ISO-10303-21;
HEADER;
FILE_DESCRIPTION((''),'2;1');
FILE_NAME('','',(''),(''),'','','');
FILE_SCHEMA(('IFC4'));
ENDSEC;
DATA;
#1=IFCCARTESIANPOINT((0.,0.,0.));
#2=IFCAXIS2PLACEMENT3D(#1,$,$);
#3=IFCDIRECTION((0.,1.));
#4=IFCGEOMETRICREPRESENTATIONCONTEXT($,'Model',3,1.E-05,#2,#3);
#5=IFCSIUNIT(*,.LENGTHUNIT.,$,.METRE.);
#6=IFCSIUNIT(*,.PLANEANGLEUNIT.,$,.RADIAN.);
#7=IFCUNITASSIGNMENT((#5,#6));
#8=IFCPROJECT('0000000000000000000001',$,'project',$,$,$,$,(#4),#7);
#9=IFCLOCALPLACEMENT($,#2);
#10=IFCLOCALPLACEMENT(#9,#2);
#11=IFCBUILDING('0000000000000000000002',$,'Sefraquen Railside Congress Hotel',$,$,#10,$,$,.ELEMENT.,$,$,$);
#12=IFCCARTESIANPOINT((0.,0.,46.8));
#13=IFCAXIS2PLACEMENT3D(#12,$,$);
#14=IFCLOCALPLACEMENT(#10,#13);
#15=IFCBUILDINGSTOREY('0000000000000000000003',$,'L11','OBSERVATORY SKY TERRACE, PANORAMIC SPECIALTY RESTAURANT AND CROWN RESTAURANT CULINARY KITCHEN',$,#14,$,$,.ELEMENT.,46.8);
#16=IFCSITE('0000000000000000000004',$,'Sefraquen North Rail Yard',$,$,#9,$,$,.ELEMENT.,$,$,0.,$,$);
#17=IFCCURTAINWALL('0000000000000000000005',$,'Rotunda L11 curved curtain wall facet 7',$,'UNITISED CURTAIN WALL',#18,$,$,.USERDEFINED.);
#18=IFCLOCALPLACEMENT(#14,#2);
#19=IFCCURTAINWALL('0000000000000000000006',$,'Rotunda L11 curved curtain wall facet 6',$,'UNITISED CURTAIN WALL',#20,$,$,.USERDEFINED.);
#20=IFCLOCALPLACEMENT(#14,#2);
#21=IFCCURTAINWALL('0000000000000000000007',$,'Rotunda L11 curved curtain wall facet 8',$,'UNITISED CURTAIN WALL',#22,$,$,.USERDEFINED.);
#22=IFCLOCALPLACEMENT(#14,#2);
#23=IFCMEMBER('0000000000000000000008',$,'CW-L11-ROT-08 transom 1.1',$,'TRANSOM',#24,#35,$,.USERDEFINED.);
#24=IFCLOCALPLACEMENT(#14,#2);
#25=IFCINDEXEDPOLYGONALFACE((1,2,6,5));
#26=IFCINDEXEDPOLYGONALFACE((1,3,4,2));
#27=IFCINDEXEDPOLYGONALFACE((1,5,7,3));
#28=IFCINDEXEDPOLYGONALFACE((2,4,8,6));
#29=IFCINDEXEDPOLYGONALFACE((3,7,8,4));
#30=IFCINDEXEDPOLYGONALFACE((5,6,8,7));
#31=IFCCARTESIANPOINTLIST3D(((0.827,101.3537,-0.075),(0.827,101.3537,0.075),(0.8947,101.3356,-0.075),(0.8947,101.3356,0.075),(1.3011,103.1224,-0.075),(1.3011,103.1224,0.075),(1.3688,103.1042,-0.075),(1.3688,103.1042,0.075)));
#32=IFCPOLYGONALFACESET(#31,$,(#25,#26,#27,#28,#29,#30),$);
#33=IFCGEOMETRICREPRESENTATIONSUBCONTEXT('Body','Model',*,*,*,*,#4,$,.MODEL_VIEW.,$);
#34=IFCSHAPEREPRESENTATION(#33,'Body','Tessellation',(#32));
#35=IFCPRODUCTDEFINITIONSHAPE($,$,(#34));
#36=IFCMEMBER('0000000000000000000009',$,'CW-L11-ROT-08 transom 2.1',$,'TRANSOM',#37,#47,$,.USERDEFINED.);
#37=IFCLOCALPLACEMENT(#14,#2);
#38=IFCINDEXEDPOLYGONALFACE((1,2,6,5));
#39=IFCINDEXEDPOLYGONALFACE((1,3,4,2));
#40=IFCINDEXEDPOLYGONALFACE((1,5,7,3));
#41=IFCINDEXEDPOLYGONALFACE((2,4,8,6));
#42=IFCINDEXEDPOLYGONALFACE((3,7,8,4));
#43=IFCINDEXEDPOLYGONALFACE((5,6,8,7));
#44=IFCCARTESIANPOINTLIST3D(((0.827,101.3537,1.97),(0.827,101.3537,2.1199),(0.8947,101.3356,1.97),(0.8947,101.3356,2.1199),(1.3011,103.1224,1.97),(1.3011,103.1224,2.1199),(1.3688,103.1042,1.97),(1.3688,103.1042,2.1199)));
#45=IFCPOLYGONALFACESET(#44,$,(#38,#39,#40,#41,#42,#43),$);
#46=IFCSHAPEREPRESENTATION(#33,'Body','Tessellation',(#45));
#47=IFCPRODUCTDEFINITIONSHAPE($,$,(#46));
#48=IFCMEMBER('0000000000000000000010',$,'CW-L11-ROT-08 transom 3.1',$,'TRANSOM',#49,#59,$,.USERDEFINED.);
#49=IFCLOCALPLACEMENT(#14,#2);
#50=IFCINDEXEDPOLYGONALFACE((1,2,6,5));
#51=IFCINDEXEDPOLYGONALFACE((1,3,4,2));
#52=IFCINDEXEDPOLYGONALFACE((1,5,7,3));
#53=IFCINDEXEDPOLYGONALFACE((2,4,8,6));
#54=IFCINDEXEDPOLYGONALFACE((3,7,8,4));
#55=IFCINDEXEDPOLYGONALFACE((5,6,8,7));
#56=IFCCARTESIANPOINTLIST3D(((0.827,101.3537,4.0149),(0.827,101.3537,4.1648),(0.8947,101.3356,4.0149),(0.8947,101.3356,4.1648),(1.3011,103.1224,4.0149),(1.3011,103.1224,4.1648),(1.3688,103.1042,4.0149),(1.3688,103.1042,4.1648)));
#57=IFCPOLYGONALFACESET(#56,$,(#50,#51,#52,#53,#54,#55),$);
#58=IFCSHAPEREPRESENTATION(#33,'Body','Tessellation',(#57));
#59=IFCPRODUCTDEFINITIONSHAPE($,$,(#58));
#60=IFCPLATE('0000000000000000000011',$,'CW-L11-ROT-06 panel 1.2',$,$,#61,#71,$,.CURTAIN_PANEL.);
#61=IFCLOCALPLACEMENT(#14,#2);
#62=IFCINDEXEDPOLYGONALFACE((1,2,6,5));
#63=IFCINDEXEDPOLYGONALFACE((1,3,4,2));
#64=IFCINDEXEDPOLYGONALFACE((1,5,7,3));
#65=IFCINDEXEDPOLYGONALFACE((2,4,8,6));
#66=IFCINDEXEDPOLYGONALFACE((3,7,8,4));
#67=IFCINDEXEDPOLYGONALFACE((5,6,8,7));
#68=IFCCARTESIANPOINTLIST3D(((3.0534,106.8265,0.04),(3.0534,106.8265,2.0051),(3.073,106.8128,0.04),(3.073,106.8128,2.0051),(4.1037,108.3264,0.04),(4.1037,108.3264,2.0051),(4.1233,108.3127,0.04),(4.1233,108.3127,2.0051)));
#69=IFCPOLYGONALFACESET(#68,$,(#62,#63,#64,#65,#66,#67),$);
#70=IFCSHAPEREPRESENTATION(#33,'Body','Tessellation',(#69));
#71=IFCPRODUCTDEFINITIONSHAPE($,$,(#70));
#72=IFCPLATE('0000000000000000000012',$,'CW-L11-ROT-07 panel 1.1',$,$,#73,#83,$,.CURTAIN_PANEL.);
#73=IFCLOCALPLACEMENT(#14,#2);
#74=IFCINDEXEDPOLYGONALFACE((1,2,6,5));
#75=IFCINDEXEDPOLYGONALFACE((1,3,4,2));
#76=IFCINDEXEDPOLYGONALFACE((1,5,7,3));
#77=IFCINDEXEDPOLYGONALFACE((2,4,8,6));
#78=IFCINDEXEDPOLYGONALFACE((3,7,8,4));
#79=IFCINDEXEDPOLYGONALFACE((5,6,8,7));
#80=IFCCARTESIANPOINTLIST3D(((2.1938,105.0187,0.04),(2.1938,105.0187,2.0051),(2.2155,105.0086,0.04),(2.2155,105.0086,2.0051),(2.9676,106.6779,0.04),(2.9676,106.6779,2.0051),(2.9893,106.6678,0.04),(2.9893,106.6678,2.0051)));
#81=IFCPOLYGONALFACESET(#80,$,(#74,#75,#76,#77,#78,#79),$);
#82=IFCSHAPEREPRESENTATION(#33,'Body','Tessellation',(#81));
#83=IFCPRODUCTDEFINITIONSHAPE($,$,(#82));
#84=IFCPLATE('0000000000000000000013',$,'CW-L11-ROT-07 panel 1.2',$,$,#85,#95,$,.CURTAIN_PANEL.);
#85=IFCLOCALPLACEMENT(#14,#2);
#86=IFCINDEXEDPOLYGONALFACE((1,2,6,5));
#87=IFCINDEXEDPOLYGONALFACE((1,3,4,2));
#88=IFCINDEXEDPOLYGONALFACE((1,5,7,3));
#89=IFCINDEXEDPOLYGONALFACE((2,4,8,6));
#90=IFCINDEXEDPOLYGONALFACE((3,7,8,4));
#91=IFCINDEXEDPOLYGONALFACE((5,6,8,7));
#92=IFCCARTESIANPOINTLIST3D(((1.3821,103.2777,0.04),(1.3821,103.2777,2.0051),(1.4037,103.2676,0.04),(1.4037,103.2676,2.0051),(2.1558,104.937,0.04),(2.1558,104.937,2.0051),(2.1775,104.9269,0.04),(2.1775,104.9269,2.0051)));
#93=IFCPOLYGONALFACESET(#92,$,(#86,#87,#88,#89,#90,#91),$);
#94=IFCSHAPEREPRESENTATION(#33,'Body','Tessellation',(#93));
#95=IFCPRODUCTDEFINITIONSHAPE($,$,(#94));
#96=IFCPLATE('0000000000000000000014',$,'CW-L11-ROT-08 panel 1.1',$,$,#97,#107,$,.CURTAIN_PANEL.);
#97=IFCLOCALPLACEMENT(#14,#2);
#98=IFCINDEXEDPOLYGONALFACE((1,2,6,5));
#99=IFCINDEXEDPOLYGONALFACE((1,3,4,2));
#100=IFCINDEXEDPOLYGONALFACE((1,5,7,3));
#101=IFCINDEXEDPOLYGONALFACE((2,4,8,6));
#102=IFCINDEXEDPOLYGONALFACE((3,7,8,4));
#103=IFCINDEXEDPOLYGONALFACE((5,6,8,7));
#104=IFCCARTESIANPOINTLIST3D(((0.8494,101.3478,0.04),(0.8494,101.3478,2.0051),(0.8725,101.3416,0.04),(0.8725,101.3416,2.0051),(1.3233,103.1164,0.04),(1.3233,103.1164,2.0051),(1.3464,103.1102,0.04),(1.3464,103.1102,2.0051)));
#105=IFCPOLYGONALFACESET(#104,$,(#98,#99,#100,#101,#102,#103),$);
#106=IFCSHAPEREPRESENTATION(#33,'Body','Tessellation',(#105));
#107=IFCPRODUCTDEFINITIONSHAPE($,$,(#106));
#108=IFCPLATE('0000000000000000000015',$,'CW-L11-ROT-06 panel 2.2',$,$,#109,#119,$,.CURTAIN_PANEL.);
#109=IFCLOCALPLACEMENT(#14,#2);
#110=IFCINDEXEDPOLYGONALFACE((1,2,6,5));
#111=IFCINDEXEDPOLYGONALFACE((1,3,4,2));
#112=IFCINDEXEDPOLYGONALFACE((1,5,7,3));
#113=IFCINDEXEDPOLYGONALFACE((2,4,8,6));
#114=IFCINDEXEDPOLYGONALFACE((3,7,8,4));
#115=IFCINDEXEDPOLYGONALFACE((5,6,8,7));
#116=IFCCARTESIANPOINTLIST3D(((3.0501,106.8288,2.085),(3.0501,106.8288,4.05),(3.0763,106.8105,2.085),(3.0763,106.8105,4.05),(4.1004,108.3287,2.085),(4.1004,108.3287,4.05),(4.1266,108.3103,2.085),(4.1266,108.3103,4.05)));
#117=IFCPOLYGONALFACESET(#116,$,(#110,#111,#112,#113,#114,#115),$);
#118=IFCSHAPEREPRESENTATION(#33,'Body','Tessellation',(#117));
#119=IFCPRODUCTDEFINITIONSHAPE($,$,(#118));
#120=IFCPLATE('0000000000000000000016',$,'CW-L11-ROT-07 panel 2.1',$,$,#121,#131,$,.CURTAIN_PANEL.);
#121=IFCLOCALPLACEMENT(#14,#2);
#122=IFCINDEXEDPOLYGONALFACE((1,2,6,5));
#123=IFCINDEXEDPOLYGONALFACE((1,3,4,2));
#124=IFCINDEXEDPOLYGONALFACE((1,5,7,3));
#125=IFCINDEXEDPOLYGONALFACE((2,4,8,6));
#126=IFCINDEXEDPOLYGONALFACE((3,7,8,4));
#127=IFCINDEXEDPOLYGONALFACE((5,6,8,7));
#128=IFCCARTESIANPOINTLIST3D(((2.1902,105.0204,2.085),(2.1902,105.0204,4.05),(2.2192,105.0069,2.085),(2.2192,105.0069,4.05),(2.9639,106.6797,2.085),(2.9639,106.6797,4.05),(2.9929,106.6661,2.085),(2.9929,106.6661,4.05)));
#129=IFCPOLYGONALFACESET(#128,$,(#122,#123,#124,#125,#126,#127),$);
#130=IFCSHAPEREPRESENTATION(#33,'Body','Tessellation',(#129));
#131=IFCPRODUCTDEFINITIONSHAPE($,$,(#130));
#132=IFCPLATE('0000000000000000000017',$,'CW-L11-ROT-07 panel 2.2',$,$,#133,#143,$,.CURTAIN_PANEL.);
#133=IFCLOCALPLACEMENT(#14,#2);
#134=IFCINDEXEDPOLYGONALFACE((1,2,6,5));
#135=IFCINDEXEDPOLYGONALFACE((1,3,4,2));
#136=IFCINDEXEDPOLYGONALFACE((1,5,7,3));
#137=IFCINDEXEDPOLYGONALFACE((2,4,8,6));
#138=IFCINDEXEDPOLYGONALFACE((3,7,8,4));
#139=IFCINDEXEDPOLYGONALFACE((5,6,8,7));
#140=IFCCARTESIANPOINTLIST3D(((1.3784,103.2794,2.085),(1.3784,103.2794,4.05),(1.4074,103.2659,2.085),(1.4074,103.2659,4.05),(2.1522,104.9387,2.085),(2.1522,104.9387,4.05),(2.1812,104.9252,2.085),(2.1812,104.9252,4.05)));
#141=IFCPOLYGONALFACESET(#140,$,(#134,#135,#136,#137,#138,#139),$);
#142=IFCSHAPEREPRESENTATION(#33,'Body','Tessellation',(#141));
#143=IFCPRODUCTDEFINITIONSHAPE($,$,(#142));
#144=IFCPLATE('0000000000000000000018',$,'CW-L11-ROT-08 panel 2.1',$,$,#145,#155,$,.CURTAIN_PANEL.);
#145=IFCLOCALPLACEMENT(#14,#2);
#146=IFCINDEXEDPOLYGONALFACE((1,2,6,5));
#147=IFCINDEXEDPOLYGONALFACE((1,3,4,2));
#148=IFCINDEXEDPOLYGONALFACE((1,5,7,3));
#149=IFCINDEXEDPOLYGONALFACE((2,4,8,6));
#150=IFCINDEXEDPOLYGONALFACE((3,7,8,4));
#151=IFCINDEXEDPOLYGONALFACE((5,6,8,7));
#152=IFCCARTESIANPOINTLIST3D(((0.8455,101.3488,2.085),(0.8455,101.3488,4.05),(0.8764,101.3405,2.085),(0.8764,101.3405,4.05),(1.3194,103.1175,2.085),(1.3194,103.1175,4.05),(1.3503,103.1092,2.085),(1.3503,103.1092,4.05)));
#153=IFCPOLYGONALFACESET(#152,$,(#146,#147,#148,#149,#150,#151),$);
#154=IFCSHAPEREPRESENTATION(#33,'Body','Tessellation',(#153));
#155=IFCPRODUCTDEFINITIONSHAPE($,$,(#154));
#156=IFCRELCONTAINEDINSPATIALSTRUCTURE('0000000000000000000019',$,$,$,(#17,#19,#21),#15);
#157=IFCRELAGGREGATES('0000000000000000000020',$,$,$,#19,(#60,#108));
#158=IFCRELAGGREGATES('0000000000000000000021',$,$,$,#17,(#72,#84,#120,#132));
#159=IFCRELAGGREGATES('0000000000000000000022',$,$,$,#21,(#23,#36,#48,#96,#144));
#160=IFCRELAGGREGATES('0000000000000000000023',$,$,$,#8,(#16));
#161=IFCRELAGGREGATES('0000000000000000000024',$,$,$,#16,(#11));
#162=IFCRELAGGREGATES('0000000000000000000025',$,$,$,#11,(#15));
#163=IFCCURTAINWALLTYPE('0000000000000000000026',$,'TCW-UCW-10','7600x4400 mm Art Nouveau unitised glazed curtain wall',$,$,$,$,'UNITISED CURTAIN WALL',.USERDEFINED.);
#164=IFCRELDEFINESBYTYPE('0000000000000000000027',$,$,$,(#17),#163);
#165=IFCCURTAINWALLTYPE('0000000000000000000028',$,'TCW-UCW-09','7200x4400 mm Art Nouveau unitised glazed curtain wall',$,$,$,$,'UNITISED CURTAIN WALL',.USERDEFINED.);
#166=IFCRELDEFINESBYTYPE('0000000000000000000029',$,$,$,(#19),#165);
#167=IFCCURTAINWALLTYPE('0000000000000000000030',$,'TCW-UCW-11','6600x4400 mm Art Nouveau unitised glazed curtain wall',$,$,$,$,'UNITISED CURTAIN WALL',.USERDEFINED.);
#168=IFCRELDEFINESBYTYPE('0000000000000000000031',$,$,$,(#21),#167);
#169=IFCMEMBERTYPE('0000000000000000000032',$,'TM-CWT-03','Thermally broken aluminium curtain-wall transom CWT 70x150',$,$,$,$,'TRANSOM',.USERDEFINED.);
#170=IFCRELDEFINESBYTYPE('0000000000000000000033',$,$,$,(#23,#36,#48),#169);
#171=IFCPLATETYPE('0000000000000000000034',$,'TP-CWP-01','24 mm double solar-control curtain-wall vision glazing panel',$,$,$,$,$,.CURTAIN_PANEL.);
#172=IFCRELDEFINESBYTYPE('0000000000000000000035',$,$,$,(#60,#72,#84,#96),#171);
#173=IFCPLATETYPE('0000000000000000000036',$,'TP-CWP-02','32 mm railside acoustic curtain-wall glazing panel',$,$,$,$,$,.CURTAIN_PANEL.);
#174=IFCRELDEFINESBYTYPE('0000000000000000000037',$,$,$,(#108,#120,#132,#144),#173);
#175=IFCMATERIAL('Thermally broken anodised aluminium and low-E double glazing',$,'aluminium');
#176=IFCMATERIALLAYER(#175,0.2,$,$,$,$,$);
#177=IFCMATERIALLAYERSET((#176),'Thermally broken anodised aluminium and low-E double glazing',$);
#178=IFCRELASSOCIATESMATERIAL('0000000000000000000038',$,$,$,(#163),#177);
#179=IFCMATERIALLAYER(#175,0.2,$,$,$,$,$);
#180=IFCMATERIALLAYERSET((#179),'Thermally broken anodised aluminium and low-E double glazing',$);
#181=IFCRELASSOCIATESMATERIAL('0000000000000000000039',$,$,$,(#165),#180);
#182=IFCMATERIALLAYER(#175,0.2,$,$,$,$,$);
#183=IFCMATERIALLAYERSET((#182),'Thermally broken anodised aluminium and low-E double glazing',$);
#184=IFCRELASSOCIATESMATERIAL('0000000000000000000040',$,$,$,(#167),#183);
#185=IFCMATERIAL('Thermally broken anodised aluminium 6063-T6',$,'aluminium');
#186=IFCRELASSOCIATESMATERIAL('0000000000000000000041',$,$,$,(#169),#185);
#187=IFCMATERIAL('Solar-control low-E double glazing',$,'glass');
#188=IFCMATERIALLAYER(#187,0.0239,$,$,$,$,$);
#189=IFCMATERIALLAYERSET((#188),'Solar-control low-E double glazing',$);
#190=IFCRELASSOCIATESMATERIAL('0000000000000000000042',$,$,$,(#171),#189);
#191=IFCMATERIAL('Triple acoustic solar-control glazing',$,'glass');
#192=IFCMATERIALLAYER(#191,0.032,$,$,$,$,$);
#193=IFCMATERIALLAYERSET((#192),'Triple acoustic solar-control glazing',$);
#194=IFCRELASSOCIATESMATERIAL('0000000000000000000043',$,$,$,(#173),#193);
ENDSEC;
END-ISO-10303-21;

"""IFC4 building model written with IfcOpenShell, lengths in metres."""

from ifc_helpers import new_model, si_unit, direction, frame, origin, origin_2d, place, context, subcontext, project, spatial, rectangle, extrude, material, layer, layer_set, material_profile, profile_set, type_object, element, aggregate, save


model = new_model("IFC4")

# Units and contexts
model_context = context("Model", 3, precision=1e-05, world=origin(), true_north=direction((0.0, 1.0)))
body_context = subcontext(model_context, "Body", "Model", "MODEL_VIEW")
ifc_project = project(units=[si_unit("LENGTHUNIT", "METRE"), si_unit("PLANEANGLEUNIT", "RADIAN")], contexts=[model_context])

# Site, building, storey
site_placement = place(None, origin())
site = spatial("IfcSite", under=ifc_project, at=site_placement, Name="Sefraquen North Rail Yard", CompositionType="ELEMENT", RefElevation=0.0)
building_placement = place(site_placement, origin())
building = spatial("IfcBuilding", under=site, at=building_placement, Name="Sefraquen Railside Congress Hotel", CompositionType="ELEMENT")
storey_placement = place(building_placement, frame((0.0, 0.0, 46.8)))
storey = spatial("IfcBuildingStorey", under=building, at=storey_placement, Name="L11", Description="OBSERVATORY SKY TERRACE, PANORAMIC SPECIALTY RESTAURANT AND CROWN RESTAURANT CULINARY KITCHEN", CompositionType="ELEMENT", Elevation=46.8)

# Curtain walls
ifc_material_1 = material(Name="Thermally broken anodised aluminium and low-E double glazing", Category="aluminium")
ifc_layer_1 = layer(ifc_material_1, 0.2)
ifc_layer_set_1 = layer_set([ifc_layer_1], Name="Thermally broken anodised aluminium and low-E double glazing")
curtain_wall_type_1 = type_object("IfcCurtainWallType", Name="TCW-UCW-10", Description="7600x4400 mm Art Nouveau unitised glazed curtain wall", ElementType="UNITISED CURTAIN WALL", PredefinedType="USERDEFINED", material=ifc_layer_set_1)
curtain_wall_1_placement = place(storey_placement, origin())
curtain_wall_1 = element("IfcCurtainWall", 1, at=curtain_wall_1_placement, inside=storey, type_object=curtain_wall_type_1, Name="Rotunda L11 curved curtain wall facet 7", ObjectType="UNITISED CURTAIN WALL", PredefinedType="USERDEFINED")
ifc_material_2 = material(Name="Thermally broken anodised aluminium 6063-T6", Category="aluminium")
ifc_layer_2 = layer(ifc_material_1, 0.2)
ifc_layer_set_2 = layer_set([ifc_layer_2], Name="Thermally broken anodised aluminium and low-E double glazing")
curtain_wall_type_2 = type_object("IfcCurtainWallType", Name="TCW-UCW-09", Description="7200x4400 mm Art Nouveau unitised glazed curtain wall", ElementType="UNITISED CURTAIN WALL", PredefinedType="USERDEFINED", material=ifc_layer_set_2)
curtain_wall_2_placement = place(storey_placement, origin())
curtain_wall_2 = element("IfcCurtainWall", 2, at=curtain_wall_2_placement, inside=storey, type_object=curtain_wall_type_2, Name="Rotunda L11 curved curtain wall facet 6", ObjectType="UNITISED CURTAIN WALL", PredefinedType="USERDEFINED")

# Curtain wall
ifc_layer_3 = layer(ifc_material_1, 0.2)
ifc_layer_set_3 = layer_set([ifc_layer_3], Name="Thermally broken anodised aluminium and low-E double glazing")
curtain_wall_type_3 = type_object("IfcCurtainWallType", Name="TCW-UCW-11", Description="6600x4400 mm Art Nouveau unitised glazed curtain wall", ElementType="UNITISED CURTAIN WALL", PredefinedType="USERDEFINED", material=ifc_layer_set_3)
curtain_wall_3_placement = place(storey_placement, origin())
curtain_wall_3 = element("IfcCurtainWall", 3, at=curtain_wall_3_placement, inside=storey, type_object=curtain_wall_type_3, Name="Rotunda L11 curved curtain wall facet 8", ObjectType="UNITISED CURTAIN WALL", PredefinedType="USERDEFINED")

# Members
ifc_material_profile_1 = material_profile(ifc_material_2, rectangle(XDim=0.0701, YDim=0.1499, at=origin_2d()), Name="CWT 70x150")
ifc_profile_set_1 = profile_set([ifc_material_profile_1], Name="Thermally broken anodised aluminium 6063-T6")
member_type_1 = type_object("IfcMemberType", Name="TM-CWT-03", Description="Thermally broken aluminium curtain-wall transom CWT 70x150", ElementType="TRANSOM", PredefinedType="USERDEFINED", material=ifc_profile_set_1)
member_1_placement = place(storey_placement, frame((1.335, 103.1133, 0.0), z_axis=(-0.25894, -0.965893, 0.0), x_axis=(0.965893, -0.25894, 0.0)))
member_1 = element("IfcMember", 4, at=member_1_placement, type_object=member_type_1, Name="CW-L11-ROT-08 transom 1.1", ObjectType="TRANSOM", PredefinedType="USERDEFINED", context=body_context, shape_type="SweptSolid", body=[
    extrude(rectangle(XDim=0.0701, YDim=0.1499, at=origin_2d()), origin(), (0.0, 0.0, 1.0), 1.8311),
])
member_2_placement = place(storey_placement, frame((1.335, 103.1133, 2.0449), z_axis=(-0.25894, -0.965893, 0.0), x_axis=(0.965893, -0.25894, 0.0)))
member_2 = element("IfcMember", 5, at=member_2_placement, type_object=member_type_1, Name="CW-L11-ROT-08 transom 2.1", ObjectType="TRANSOM", PredefinedType="USERDEFINED", context=body_context, shape_type="SweptSolid", body=[
    extrude(rectangle(XDim=0.0701, YDim=0.1499, at=origin_2d()), origin(), (0.0, 0.0, 1.0), 1.8311),
])
member_3_placement = place(storey_placement, frame((1.335, 103.1133, 4.0898), z_axis=(-0.25894, -0.965893, 0.0), x_axis=(0.965893, -0.25894, 0.0)))
member_3 = element("IfcMember", 6, at=member_3_placement, type_object=member_type_1, Name="CW-L11-ROT-08 transom 3.1", ObjectType="TRANSOM", PredefinedType="USERDEFINED", context=body_context, shape_type="SweptSolid", body=[
    extrude(rectangle(XDim=0.0701, YDim=0.1499, at=origin_2d()), origin(), (0.0, 0.0, 1.0), 1.8311),
])

# Plates
ifc_material_3 = material(Name="Solar-control low-E double glazing", Category="glass")
ifc_layer_4 = layer(ifc_material_3, 0.0239)
ifc_layer_set_4 = layer_set([ifc_layer_4], Name="Solar-control low-E double glazing")
plate_type_1 = type_object("IfcPlateType", Name="TP-CWP-01", Description="24 mm double solar-control curtain-wall vision glazing panel", PredefinedType="CURTAIN_PANEL", material=ifc_layer_set_4)
plate_1_placement = place(storey_placement, frame((3.5884, 107.5696, 0.04), z_axis=(0.0, 0.0, 1.0), x_axis=(-0.573605, -0.819132, 0.0)))
plate_1 = element("IfcPlate", 7, at=plate_1_placement, type_object=plate_type_1, Name="CW-L11-ROT-06 panel 1.2", PredefinedType="CURTAIN_PANEL", context=body_context, shape_type="SweptSolid", body=[
    extrude(rectangle(XDim=1.8311, YDim=0.0239, at=origin_2d()), origin(), (0.0, 0.0, 1.0), 1.9651),
])
plate_2_placement = place(storey_placement, frame((2.5916, 105.8433, 0.04), z_axis=(0.0, 0.0, 1.0), x_axis=(-0.422634, -0.9063, 0.0)))
plate_2 = element("IfcPlate", 8, at=plate_2_placement, type_object=plate_type_1, Name="CW-L11-ROT-07 panel 1.1", PredefinedType="CURTAIN_PANEL", context=body_context, shape_type="SweptSolid", body=[
    extrude(rectangle(XDim=1.8308, YDim=0.0239, at=origin_2d()), origin(), (0.0, 0.0, 1.0), 1.9651),
])
plate_3_placement = place(storey_placement, frame((1.7798, 104.1023, 0.04), z_axis=(0.0, 0.0, 1.0), x_axis=(-0.422634, -0.9063, 0.0)))
plate_3 = element("IfcPlate", 9, at=plate_3_placement, type_object=plate_type_1, Name="CW-L11-ROT-07 panel 1.2", PredefinedType="CURTAIN_PANEL", context=body_context, shape_type="SweptSolid", body=[
    extrude(rectangle(XDim=1.8308, YDim=0.0239, at=origin_2d()), origin(), (0.0, 0.0, 1.0), 1.9651),
])
plate_4_placement = place(storey_placement, frame((1.0979, 102.229, 0.04), z_axis=(0.0, 0.0, 1.0), x_axis=(-0.258785, -0.965935, 0.0)))
plate_4 = element("IfcPlate", 10, at=plate_4_placement, type_object=plate_type_1, Name="CW-L11-ROT-08 panel 1.1", PredefinedType="CURTAIN_PANEL", context=body_context, shape_type="SweptSolid", body=[
    extrude(rectangle(XDim=1.8311, YDim=0.0239, at=origin_2d()), origin(), (0.0, 0.0, 1.0), 1.9651),
])
ifc_material_4 = material(Name="Triple acoustic solar-control glazing", Category="glass")
ifc_layer_5 = layer(ifc_material_4, 0.032)
ifc_layer_set_5 = layer_set([ifc_layer_5], Name="Triple acoustic solar-control glazing")
plate_type_2 = type_object("IfcPlateType", Name="TP-CWP-02", Description="32 mm railside acoustic curtain-wall glazing panel", PredefinedType="CURTAIN_PANEL", material=ifc_layer_set_5)
plate_5_placement = place(storey_placement, frame((3.5884, 107.5696, 2.085), z_axis=(0.0, 0.0, 1.0), x_axis=(-0.573605, -0.819132, 0.0)))
plate_5 = element("IfcPlate", 11, at=plate_5_placement, type_object=plate_type_2, Name="CW-L11-ROT-06 panel 2.2", PredefinedType="CURTAIN_PANEL", context=body_context, shape_type="SweptSolid", body=[
    extrude(rectangle(XDim=1.8311, YDim=0.032, at=origin_2d()), origin(), (0.0, 0.0, 1.0), 1.9651),
])
aggregate(curtain_wall_2, [plate_1, plate_5])
plate_6_placement = place(storey_placement, frame((2.5916, 105.8433, 2.085), z_axis=(0.0, 0.0, 1.0), x_axis=(-0.422634, -0.9063, 0.0)))
plate_6 = element("IfcPlate", 12, at=plate_6_placement, type_object=plate_type_2, Name="CW-L11-ROT-07 panel 2.1", PredefinedType="CURTAIN_PANEL", context=body_context, shape_type="SweptSolid", body=[
    extrude(rectangle(XDim=1.8308, YDim=0.032, at=origin_2d()), origin(), (0.0, 0.0, 1.0), 1.9651),
])
plate_7_placement = place(storey_placement, frame((1.7798, 104.1023, 2.085), z_axis=(0.0, 0.0, 1.0), x_axis=(-0.422634, -0.9063, 0.0)))
plate_7 = element("IfcPlate", 13, at=plate_7_placement, type_object=plate_type_2, Name="CW-L11-ROT-07 panel 2.2", PredefinedType="CURTAIN_PANEL", context=body_context, shape_type="SweptSolid", body=[
    extrude(rectangle(XDim=1.8308, YDim=0.032, at=origin_2d()), origin(), (0.0, 0.0, 1.0), 1.9651),
])
aggregate(curtain_wall_1, [plate_2, plate_3, plate_6, plate_7])
plate_8_placement = place(storey_placement, frame((1.0979, 102.229, 2.085), z_axis=(0.0, 0.0, 1.0), x_axis=(-0.258785, -0.965935, 0.0)))
plate_8 = element("IfcPlate", 14, at=plate_8_placement, type_object=plate_type_2, Name="CW-L11-ROT-08 panel 2.1", PredefinedType="CURTAIN_PANEL", context=body_context, shape_type="SweptSolid", body=[
    extrude(rectangle(XDim=1.8311, YDim=0.032, at=origin_2d()), origin(), (0.0, 0.0, 1.0), 1.9651),
])
aggregate(curtain_wall_3, [member_1, member_2, member_3, plate_4, plate_8])

save(model, "model.ifc")
